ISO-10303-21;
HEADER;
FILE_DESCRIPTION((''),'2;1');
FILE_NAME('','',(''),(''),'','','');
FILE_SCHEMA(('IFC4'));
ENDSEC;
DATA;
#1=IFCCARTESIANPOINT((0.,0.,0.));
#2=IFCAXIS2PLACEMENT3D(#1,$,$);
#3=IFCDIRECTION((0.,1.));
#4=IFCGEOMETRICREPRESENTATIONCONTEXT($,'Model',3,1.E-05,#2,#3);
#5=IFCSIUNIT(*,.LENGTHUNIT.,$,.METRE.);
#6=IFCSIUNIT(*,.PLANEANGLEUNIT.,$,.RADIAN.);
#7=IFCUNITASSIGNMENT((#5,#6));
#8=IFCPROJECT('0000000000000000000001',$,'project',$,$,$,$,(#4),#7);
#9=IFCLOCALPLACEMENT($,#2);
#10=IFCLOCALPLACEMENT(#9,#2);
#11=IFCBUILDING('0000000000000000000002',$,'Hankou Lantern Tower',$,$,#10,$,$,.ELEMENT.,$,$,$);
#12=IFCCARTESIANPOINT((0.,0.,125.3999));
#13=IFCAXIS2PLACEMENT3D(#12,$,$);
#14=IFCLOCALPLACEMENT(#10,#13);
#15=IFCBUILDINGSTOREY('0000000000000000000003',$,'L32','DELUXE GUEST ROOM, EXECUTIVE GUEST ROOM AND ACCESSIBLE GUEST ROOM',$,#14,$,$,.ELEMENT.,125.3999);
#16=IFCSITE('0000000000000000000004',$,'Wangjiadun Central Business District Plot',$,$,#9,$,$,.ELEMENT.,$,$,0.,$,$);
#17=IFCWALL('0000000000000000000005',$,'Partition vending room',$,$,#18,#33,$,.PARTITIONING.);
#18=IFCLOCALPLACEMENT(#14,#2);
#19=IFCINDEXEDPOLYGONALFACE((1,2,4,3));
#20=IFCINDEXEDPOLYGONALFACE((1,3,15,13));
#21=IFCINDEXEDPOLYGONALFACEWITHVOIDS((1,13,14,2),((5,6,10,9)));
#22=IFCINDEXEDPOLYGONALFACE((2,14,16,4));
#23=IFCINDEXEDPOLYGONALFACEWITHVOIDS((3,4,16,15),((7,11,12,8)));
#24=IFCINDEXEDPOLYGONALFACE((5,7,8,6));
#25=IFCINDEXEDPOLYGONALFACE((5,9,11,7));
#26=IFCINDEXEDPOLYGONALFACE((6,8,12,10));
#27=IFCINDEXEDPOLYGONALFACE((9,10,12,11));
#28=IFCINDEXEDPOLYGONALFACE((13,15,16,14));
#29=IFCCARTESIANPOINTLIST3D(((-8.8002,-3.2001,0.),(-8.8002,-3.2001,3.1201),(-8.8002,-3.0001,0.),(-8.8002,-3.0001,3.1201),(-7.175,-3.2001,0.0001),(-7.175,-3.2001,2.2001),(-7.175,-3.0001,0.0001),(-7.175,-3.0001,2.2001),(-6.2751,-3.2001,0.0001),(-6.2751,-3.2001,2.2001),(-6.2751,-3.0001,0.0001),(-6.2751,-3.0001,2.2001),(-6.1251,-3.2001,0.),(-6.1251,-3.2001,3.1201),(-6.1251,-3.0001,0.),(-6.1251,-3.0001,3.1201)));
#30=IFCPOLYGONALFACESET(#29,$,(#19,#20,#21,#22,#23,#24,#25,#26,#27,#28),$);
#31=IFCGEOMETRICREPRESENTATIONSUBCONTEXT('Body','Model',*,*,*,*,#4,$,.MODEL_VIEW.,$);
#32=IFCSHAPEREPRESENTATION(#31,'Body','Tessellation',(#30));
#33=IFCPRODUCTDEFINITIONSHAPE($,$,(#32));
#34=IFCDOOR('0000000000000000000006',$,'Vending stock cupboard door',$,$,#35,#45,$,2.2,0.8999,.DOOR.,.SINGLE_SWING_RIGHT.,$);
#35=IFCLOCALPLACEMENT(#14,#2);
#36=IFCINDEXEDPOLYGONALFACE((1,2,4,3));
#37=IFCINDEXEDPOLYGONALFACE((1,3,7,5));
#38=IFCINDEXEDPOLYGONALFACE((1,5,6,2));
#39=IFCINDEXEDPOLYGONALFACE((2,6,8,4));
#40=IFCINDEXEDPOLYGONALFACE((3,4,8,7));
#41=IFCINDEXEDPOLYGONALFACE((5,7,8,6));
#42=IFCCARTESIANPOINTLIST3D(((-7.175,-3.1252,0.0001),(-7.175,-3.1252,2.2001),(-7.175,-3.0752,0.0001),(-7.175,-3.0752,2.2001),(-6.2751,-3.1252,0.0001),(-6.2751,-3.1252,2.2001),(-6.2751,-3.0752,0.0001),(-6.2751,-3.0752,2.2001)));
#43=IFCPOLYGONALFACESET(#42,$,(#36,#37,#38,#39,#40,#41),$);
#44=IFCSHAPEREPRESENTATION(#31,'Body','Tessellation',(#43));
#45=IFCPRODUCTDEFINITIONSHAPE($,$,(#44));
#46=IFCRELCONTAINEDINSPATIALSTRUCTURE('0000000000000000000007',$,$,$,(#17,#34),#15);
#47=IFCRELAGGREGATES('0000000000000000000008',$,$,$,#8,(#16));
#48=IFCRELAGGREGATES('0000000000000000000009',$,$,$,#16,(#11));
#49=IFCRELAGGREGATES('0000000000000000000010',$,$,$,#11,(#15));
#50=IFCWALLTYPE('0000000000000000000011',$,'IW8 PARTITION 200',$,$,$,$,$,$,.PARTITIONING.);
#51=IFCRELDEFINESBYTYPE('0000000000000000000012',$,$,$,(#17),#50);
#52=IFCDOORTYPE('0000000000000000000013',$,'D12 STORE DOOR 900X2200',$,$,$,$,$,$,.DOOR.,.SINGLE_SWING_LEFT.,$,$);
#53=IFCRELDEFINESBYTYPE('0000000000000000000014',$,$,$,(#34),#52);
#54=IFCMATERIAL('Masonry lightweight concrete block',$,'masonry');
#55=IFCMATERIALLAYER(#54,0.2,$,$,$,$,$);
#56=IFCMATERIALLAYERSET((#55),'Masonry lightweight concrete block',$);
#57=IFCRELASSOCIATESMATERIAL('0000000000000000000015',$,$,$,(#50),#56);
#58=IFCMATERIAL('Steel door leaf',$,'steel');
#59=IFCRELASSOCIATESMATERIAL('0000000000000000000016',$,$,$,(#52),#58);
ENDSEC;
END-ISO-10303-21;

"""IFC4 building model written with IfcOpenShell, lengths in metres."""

from ifc_helpers import new_model, si_unit, direction, frame, frame_2d, origin, place, context, subcontext, project, spatial, rectangle, extrude, material, layer, layer_set, type_object, element, fill, save


model = new_model("IFC4")

# Units and contexts
model_context = context("Model", 3, precision=1e-05, world=origin(), true_north=direction((0.0, 1.0)))
body_context = subcontext(model_context, "Body", "Model", "MODEL_VIEW")
ifc_project = project(units=[si_unit("LENGTHUNIT", "METRE"), si_unit("PLANEANGLEUNIT", "RADIAN")], contexts=[model_context])

# Site, building, storey
site_placement = place(None, origin())
site = spatial("IfcSite", under=ifc_project, at=site_placement, Name="Wangjiadun Central Business District Plot", CompositionType="ELEMENT", RefElevation=0.0)
building_placement = place(site_placement, origin())
building = spatial("IfcBuilding", under=site, at=building_placement, Name="Hankou Lantern Tower", CompositionType="ELEMENT")
storey_placement = place(building_placement, frame((0.0, 0.0, 125.3999)))
storey = spatial("IfcBuildingStorey", under=building, at=storey_placement, Name="L32", Description="DELUXE GUEST ROOM, EXECUTIVE GUEST ROOM AND ACCESSIBLE GUEST ROOM", CompositionType="ELEMENT", Elevation=125.3999)

# Wall, opening, door
ifc_material_1 = material(Name="Masonry lightweight concrete block", Category="masonry")
ifc_layer_1 = layer(ifc_material_1, 0.2)
ifc_layer_set_1 = layer_set([ifc_layer_1], Name="Masonry lightweight concrete block")
wall_type_1 = type_object("IfcWallType", Name="IW8 PARTITION 200", PredefinedType="PARTITIONING", material=ifc_layer_set_1)
wall_1_placement = place(storey_placement, frame((-8.8, -3.1001, 0.0), z_axis=(0.0, 0.0, 1.0), x_axis=(1.0, 0.0, 0.0)))
wall_1 = element("IfcWall", 1, at=wall_1_placement, inside=storey, type_object=wall_type_1, Name="Partition vending room", PredefinedType="PARTITIONING", context=body_context, shape_type="SweptSolid", body=[
    extrude(rectangle(XDim=2.675, YDim=0.2, at=frame_2d((1.3374, 0.0))), origin(), (0.0, 0.0, 1.0), 3.1201),
])
opening_1_placement = place(wall_1_placement, frame((1.625, 0.0, 0.0)))
opening_1 = element("IfcOpeningElement", 2, at=opening_1_placement, cuts=wall_1, PredefinedType="OPENING", context=body_context, shape_type="SweptSolid", body=[
    extrude(rectangle(XDim=0.8999, YDim=2.2, at=frame_2d((0.45, 1.1001))), frame((0.0, 0.1099, 0.0), z_axis=(0.0, -1.0, 0.0), x_axis=(1.0, 0.0, 0.0)), (0.0, 0.0, 1.0), 0.22),
])
ifc_material_2 = material(Name="Steel door leaf", Category="steel")
door_type_1 = type_object("IfcDoorType", Name="D12 STORE DOOR 900X2200", OperationType="SINGLE_SWING_LEFT", PredefinedType="DOOR", material=ifc_material_2)
door_1_placement = place(opening_1_placement, origin())
door_1 = element("IfcDoor", 3, at=door_1_placement, inside=storey, type_object=door_type_1, Name="Vending stock cupboard door", OperationType="SINGLE_SWING_RIGHT", OverallHeight=2.2, OverallWidth=0.8999, PredefinedType="DOOR", context=body_context, shape_type="SweptSolid", body=[
    extrude(rectangle(XDim=0.8999, YDim=2.2, at=frame_2d((0.45, 1.1001))), frame((0.0, 0.0249, 0.0), z_axis=(0.0, -1.0, 0.0), x_axis=(1.0, 0.0, 0.0)), (0.0, 0.0, 1.0), 0.05),
])
fill(opening_1, door_1)

save(model, "model.ifc")
